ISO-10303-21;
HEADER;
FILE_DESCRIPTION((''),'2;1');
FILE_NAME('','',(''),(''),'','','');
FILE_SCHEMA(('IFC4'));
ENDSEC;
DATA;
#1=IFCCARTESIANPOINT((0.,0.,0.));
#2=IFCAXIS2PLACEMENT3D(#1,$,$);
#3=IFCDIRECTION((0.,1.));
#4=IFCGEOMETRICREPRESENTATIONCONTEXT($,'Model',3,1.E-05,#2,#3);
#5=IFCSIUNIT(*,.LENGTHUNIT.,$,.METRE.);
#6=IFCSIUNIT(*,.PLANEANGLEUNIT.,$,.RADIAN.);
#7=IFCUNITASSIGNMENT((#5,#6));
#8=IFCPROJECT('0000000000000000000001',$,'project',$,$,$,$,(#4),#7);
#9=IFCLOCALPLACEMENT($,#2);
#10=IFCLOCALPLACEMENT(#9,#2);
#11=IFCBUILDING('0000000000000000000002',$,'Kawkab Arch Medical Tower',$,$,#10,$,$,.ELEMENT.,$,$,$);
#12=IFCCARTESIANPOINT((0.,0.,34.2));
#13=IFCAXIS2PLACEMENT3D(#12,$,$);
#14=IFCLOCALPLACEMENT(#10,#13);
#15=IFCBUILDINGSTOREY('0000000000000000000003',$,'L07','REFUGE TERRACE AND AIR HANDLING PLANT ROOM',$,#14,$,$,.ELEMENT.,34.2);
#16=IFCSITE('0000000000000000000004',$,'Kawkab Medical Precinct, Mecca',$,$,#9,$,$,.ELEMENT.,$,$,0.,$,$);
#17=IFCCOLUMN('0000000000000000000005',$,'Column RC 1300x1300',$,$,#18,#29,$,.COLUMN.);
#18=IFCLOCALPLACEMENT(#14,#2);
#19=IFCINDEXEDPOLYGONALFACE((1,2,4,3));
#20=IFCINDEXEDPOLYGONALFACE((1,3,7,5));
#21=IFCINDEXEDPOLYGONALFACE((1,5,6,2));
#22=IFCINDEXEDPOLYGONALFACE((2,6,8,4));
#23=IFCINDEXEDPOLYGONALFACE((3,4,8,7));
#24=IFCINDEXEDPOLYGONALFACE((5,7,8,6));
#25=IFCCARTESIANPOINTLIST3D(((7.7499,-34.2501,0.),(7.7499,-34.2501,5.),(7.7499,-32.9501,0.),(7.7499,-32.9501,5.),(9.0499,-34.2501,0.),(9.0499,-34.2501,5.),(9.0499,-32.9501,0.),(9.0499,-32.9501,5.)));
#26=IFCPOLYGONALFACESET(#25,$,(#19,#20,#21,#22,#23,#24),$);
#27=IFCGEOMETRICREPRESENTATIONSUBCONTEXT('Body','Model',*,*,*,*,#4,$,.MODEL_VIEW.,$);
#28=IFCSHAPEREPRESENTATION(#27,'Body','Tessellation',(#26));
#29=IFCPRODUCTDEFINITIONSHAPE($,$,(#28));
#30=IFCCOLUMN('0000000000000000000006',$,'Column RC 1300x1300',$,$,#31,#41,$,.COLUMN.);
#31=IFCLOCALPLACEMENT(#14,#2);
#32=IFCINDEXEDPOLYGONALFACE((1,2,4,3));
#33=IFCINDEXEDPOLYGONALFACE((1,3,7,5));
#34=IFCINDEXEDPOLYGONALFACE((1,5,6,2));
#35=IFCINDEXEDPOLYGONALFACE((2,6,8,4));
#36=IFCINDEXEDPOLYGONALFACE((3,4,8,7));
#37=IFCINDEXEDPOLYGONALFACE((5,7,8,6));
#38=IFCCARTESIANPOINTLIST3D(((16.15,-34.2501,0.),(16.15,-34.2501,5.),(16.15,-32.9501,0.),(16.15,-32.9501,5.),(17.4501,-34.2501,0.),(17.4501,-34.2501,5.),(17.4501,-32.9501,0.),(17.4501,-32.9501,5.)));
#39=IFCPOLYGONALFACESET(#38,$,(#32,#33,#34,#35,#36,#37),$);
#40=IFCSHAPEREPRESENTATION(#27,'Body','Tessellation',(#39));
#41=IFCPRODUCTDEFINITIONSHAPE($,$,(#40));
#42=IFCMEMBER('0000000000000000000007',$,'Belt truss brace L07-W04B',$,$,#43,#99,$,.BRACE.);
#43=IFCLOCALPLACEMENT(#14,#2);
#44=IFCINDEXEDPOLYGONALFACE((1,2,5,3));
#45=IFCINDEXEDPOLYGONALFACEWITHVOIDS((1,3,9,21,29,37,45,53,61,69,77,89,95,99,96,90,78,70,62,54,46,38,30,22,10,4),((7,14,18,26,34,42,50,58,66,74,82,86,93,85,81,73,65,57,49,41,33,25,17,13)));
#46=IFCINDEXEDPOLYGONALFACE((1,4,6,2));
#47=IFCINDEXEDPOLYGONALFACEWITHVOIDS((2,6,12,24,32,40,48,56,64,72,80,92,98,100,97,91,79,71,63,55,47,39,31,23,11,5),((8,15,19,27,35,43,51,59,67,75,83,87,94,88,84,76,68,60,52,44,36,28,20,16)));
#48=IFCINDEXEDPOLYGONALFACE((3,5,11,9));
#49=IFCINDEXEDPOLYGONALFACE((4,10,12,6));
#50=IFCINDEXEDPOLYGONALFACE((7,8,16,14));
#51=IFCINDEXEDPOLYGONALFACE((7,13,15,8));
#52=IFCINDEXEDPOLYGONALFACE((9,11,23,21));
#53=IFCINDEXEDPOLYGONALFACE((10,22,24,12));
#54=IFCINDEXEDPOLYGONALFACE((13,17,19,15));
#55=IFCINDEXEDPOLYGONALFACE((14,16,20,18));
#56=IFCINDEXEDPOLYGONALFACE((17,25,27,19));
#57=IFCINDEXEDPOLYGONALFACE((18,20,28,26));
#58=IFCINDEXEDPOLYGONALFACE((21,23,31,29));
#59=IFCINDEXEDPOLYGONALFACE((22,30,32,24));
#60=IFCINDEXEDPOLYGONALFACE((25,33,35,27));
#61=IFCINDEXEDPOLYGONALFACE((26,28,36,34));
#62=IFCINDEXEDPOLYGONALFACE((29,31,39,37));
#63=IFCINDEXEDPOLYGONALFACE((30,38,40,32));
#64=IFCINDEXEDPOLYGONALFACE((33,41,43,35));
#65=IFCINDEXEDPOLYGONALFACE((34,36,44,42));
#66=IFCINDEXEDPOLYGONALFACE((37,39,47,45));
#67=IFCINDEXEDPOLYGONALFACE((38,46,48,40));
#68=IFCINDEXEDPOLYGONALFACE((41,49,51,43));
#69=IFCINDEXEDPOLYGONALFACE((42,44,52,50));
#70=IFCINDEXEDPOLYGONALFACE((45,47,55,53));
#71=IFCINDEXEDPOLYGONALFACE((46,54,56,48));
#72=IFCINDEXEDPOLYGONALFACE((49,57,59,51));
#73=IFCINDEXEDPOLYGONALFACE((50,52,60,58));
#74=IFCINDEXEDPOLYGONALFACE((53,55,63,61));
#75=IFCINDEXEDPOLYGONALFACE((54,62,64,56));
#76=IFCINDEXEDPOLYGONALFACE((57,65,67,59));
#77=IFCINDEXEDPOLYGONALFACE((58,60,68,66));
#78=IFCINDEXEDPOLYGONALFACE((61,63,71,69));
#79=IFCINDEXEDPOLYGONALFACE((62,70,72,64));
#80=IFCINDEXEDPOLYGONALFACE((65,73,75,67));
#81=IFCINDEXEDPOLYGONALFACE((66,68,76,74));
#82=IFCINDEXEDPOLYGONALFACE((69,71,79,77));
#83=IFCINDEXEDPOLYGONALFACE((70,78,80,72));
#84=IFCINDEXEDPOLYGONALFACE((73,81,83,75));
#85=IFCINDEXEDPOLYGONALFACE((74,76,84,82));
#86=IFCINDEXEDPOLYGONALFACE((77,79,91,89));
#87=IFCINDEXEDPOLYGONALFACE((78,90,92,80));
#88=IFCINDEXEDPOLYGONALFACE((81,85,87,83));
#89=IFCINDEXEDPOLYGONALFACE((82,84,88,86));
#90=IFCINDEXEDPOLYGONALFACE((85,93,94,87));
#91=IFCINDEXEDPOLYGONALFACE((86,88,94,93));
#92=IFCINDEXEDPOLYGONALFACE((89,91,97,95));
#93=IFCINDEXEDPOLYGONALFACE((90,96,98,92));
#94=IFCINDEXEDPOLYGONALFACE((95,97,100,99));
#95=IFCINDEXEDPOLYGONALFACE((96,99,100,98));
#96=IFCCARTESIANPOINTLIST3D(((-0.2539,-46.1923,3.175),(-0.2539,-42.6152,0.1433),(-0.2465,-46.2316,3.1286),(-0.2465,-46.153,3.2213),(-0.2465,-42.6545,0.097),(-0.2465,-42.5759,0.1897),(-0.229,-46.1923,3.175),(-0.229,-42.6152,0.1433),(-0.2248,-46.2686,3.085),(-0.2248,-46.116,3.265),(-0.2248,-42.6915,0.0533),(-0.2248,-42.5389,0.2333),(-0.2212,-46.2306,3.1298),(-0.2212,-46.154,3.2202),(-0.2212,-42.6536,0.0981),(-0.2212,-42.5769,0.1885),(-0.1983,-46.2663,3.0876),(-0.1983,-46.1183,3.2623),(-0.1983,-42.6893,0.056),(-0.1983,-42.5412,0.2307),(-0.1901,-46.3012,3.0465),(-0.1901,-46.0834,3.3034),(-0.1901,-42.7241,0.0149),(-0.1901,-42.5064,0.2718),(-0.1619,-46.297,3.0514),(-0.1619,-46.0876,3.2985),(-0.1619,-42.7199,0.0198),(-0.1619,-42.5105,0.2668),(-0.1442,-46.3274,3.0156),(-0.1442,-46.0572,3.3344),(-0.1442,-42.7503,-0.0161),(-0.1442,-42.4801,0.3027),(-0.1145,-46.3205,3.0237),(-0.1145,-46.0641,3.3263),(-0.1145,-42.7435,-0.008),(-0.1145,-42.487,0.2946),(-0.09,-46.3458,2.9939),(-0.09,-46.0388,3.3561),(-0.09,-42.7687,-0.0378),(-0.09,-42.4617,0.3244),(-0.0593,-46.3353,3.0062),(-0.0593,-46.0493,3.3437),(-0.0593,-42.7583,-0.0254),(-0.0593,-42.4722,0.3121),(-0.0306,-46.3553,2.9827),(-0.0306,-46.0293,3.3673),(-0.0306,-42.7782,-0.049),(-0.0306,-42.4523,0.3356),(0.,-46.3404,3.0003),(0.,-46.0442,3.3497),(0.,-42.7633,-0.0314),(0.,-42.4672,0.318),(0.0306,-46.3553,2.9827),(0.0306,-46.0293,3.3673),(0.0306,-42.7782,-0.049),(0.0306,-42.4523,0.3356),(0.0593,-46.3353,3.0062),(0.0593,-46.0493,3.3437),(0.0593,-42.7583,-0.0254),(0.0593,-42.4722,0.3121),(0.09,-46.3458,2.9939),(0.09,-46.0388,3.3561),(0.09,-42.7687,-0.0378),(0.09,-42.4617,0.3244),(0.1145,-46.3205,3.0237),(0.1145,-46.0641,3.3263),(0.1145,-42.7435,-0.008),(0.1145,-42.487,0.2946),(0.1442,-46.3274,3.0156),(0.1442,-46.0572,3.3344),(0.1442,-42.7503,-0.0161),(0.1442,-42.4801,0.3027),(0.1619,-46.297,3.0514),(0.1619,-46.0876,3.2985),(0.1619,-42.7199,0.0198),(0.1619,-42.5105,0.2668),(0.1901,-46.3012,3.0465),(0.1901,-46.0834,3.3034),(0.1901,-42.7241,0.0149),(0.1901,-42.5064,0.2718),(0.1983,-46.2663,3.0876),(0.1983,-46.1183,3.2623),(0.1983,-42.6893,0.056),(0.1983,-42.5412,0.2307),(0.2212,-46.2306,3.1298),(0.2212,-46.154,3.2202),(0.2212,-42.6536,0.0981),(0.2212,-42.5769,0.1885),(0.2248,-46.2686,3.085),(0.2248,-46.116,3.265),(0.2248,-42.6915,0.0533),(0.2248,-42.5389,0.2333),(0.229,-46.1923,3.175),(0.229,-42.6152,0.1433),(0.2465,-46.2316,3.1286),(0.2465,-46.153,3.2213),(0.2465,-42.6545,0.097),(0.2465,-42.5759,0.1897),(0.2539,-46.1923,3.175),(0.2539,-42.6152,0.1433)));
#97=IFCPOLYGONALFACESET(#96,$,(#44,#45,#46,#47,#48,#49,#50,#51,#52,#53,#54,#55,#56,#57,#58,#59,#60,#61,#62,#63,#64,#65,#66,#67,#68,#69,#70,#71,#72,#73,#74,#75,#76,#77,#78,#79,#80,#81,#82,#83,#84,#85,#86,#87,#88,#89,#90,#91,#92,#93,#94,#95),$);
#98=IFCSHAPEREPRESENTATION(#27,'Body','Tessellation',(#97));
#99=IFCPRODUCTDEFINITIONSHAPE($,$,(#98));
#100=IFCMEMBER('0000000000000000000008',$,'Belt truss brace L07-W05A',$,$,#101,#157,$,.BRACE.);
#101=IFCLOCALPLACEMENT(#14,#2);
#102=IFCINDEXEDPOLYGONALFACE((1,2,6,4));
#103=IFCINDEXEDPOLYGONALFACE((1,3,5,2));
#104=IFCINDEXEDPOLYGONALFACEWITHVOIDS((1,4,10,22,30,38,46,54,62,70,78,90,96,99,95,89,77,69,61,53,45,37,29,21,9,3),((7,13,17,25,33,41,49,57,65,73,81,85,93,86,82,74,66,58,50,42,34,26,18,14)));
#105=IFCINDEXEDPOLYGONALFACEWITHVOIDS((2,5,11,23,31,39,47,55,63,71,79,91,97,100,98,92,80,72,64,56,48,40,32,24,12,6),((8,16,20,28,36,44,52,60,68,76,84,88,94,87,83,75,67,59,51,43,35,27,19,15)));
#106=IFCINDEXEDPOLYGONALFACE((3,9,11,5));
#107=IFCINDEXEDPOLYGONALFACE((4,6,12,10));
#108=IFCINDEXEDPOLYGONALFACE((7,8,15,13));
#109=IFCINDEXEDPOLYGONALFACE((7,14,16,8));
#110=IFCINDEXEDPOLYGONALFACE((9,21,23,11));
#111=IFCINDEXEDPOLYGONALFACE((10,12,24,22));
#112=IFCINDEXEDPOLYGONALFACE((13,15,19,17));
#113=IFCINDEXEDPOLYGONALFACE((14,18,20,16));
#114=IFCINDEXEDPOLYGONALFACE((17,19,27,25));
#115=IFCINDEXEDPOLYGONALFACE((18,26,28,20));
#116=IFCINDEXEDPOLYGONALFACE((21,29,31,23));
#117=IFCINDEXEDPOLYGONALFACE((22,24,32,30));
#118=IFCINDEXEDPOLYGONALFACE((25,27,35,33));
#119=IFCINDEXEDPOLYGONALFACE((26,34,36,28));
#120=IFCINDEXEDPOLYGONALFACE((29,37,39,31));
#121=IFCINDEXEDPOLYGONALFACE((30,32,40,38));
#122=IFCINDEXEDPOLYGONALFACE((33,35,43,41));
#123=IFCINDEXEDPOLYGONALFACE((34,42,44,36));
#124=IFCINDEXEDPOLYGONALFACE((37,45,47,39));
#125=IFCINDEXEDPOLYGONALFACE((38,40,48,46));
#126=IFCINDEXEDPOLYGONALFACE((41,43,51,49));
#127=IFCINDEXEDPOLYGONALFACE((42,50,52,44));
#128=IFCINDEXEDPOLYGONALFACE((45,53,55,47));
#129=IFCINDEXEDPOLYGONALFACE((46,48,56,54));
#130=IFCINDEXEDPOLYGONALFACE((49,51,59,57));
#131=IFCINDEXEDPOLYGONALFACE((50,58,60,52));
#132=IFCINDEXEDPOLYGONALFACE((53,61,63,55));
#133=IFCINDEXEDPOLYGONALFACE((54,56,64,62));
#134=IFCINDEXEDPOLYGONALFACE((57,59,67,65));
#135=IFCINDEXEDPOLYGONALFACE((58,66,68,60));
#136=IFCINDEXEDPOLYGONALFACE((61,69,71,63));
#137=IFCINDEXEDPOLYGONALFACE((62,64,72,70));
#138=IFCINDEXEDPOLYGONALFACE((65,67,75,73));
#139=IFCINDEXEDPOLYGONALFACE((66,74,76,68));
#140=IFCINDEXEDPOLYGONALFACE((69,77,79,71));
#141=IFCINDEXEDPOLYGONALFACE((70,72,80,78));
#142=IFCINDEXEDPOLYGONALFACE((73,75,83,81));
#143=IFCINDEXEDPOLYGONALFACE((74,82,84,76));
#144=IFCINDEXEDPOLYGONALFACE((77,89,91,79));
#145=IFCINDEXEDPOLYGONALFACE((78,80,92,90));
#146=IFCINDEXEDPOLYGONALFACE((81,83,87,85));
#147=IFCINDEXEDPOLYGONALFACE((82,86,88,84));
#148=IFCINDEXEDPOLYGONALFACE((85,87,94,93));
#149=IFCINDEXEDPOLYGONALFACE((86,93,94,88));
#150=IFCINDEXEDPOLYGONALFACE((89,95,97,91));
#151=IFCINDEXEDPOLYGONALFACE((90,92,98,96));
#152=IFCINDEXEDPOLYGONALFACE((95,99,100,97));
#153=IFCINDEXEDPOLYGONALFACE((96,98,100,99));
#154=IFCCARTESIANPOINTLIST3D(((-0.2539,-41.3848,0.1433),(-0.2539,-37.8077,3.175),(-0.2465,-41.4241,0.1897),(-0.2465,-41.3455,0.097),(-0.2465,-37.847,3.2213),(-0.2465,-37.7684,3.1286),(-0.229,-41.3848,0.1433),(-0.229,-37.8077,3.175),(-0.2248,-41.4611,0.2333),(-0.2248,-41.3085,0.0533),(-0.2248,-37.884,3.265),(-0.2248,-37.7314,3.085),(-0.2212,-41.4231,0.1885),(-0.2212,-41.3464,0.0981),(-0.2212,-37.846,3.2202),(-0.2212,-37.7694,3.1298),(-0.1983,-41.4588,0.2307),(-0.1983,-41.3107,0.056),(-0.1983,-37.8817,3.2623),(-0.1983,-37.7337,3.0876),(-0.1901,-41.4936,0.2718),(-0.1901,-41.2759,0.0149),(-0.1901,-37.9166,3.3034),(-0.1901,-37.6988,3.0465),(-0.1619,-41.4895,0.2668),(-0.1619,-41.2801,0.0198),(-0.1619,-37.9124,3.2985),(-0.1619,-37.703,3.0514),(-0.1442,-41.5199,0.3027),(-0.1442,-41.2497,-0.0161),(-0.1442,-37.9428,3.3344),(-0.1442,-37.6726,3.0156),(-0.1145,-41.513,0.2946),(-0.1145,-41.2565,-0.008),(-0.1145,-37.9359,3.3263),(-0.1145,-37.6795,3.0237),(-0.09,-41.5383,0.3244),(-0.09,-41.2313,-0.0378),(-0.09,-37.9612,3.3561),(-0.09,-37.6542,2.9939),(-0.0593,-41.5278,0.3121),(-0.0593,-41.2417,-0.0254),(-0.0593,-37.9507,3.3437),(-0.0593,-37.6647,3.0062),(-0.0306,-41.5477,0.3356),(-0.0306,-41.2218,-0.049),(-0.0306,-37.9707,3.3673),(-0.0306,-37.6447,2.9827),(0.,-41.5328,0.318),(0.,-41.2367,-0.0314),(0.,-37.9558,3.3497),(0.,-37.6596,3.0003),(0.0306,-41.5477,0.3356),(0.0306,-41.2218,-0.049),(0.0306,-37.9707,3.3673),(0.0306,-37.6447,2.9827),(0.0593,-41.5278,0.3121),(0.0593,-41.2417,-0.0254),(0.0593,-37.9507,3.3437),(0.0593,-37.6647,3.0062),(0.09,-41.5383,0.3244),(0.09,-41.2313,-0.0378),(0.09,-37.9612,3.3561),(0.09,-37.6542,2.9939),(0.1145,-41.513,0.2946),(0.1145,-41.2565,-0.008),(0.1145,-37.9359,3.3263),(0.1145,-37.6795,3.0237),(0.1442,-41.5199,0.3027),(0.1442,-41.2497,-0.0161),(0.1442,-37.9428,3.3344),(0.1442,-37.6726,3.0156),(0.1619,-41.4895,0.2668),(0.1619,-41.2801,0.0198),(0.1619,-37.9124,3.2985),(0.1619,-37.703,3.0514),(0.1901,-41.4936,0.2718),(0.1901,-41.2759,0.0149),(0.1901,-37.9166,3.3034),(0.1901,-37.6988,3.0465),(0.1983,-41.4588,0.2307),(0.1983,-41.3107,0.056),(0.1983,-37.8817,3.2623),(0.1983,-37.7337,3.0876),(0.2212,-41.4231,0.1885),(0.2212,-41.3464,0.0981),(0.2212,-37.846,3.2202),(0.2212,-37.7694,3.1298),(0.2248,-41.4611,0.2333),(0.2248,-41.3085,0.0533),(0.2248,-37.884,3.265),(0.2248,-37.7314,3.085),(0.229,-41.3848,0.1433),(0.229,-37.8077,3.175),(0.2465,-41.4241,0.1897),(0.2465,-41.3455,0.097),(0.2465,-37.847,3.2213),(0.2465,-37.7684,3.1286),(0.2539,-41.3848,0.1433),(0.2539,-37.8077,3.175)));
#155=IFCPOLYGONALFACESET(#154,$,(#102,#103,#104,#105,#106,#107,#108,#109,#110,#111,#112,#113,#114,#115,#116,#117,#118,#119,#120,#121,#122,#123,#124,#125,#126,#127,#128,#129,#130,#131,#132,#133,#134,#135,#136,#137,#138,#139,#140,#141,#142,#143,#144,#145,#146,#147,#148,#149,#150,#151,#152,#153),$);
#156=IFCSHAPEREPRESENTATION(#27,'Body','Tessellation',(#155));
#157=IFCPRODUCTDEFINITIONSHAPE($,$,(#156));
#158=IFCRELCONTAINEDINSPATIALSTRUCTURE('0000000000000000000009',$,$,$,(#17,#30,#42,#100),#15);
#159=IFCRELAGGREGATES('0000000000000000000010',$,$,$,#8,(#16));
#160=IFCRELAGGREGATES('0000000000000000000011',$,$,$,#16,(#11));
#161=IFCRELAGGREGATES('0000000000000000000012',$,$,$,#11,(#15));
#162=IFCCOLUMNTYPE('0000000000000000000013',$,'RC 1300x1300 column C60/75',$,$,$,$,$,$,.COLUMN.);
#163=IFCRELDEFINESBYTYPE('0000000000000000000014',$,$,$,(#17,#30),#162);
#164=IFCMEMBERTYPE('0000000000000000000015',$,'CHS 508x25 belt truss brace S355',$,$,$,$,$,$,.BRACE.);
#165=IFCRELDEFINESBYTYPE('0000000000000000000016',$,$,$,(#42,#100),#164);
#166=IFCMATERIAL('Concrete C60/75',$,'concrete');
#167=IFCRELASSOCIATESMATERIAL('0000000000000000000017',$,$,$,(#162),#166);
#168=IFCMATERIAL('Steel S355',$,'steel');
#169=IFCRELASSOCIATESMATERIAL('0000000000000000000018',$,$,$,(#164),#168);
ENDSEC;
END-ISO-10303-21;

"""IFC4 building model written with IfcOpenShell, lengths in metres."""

from ifc_helpers import new_model, si_unit, direction, frame, origin, origin_2d, place, context, subcontext, project, spatial, rectangle, hollow_circle, extrude, material, material_profile, profile_set, type_object, element, save


model = new_model("IFC4")

# Units and contexts
model_context = context("Model", 3, precision=1e-05, world=origin(), true_north=direction((0.0, 1.0)))
body_context = subcontext(model_context, "Body", "Model", "MODEL_VIEW")
ifc_project = project(units=[si_unit("LENGTHUNIT", "METRE"), si_unit("PLANEANGLEUNIT", "RADIAN")], contexts=[model_context])

# Site, building, storey
site_placement = place(None, origin())
site = spatial("IfcSite", under=ifc_project, at=site_placement, Name="Kawkab Medical Precinct, Mecca", CompositionType="ELEMENT", RefElevation=0.0)
building_placement = place(site_placement, origin())
building = spatial("IfcBuilding", under=site, at=building_placement, Name="Kawkab Arch Medical Tower", CompositionType="ELEMENT")
storey_placement = place(building_placement, frame((0.0, 0.0, 34.2)))
storey = spatial("IfcBuildingStorey", under=building, at=storey_placement, Name="L07", Description="REFUGE TERRACE AND AIR HANDLING PLANT ROOM", CompositionType="ELEMENT", Elevation=34.2)

# Columns
ifc_material_1 = material(Name="Concrete C60/75", Category="concrete")
ifc_material_profile_1 = material_profile(ifc_material_1, rectangle(XDim=1.3, YDim=1.3, at=origin_2d()), Name="RC 1300x1300")
ifc_profile_set_1 = profile_set([ifc_material_profile_1], Name="Concrete C60/75")
column_type = type_object("IfcColumnType", Name="RC 1300x1300 column C60/75", PredefinedType="COLUMN", material=ifc_profile_set_1)
for number, where, z_axis, x_axis, name in (
    (1, (8.3999, -33.6001, 0.0), (0.0, 0.0, 1.0), (1.0, 0.0, 0.0), "Column RC 1300x1300"),
    (2, (16.8, -33.6001, 0.0), (0.0, 0.0, 1.0), (1.0, 0.0, 0.0), "Column RC 1300x1300"),
):
    element("IfcColumn", number, at=place(storey_placement, frame(where, z_axis=z_axis, x_axis=x_axis)), inside=storey, type_object=column_type, Name=name, PredefinedType="COLUMN", context=body_context, shape_type="SweptSolid", body=[
        extrude(rectangle(XDim=1.3, YDim=1.3, at=origin_2d()), origin(), (0.0, 0.0, 1.0), 5.0),
    ])

# Members
ifc_material_2 = material(Name="Steel S355", Category="steel")
ifc_material_profile_2 = material_profile(ifc_material_2, hollow_circle(Radius=0.2539, WallThickness=0.0249, at=origin_2d()), Name="CHS 508x25")
ifc_profile_set_2 = profile_set([ifc_material_profile_2], Name="Steel S355")
member_type_1 = type_object("IfcMemberType", Name="CHS 508x25 belt truss brace S355", PredefinedType="BRACE", material=ifc_profile_set_2)
for number, where, z_axis, x_axis, name in (
    (3, (0.0, -42.6152, 0.1433), (0.0, -0.762869, 0.646554), (1.0, 0.0, 0.0), "Belt truss brace L07-W04B"),
    (4, (0.0, -41.3848, 0.1433), (0.0, 0.762869, 0.646554), (-1.0, 0.0, 0.0), "Belt truss brace L07-W05A"),
):
    element("IfcMember", number, at=place(storey_placement, frame(where, z_axis=z_axis, x_axis=x_axis)), inside=storey, type_object=member_type_1, Name=name, PredefinedType="BRACE", context=body_context, shape_type="SweptSolid", body=[
        extrude(hollow_circle(Radius=0.2539, WallThickness=0.0249, at=origin_2d()), origin(), (0.0, 0.0, 1.0), 4.689),
    ])

save(model, "model.ifc")
